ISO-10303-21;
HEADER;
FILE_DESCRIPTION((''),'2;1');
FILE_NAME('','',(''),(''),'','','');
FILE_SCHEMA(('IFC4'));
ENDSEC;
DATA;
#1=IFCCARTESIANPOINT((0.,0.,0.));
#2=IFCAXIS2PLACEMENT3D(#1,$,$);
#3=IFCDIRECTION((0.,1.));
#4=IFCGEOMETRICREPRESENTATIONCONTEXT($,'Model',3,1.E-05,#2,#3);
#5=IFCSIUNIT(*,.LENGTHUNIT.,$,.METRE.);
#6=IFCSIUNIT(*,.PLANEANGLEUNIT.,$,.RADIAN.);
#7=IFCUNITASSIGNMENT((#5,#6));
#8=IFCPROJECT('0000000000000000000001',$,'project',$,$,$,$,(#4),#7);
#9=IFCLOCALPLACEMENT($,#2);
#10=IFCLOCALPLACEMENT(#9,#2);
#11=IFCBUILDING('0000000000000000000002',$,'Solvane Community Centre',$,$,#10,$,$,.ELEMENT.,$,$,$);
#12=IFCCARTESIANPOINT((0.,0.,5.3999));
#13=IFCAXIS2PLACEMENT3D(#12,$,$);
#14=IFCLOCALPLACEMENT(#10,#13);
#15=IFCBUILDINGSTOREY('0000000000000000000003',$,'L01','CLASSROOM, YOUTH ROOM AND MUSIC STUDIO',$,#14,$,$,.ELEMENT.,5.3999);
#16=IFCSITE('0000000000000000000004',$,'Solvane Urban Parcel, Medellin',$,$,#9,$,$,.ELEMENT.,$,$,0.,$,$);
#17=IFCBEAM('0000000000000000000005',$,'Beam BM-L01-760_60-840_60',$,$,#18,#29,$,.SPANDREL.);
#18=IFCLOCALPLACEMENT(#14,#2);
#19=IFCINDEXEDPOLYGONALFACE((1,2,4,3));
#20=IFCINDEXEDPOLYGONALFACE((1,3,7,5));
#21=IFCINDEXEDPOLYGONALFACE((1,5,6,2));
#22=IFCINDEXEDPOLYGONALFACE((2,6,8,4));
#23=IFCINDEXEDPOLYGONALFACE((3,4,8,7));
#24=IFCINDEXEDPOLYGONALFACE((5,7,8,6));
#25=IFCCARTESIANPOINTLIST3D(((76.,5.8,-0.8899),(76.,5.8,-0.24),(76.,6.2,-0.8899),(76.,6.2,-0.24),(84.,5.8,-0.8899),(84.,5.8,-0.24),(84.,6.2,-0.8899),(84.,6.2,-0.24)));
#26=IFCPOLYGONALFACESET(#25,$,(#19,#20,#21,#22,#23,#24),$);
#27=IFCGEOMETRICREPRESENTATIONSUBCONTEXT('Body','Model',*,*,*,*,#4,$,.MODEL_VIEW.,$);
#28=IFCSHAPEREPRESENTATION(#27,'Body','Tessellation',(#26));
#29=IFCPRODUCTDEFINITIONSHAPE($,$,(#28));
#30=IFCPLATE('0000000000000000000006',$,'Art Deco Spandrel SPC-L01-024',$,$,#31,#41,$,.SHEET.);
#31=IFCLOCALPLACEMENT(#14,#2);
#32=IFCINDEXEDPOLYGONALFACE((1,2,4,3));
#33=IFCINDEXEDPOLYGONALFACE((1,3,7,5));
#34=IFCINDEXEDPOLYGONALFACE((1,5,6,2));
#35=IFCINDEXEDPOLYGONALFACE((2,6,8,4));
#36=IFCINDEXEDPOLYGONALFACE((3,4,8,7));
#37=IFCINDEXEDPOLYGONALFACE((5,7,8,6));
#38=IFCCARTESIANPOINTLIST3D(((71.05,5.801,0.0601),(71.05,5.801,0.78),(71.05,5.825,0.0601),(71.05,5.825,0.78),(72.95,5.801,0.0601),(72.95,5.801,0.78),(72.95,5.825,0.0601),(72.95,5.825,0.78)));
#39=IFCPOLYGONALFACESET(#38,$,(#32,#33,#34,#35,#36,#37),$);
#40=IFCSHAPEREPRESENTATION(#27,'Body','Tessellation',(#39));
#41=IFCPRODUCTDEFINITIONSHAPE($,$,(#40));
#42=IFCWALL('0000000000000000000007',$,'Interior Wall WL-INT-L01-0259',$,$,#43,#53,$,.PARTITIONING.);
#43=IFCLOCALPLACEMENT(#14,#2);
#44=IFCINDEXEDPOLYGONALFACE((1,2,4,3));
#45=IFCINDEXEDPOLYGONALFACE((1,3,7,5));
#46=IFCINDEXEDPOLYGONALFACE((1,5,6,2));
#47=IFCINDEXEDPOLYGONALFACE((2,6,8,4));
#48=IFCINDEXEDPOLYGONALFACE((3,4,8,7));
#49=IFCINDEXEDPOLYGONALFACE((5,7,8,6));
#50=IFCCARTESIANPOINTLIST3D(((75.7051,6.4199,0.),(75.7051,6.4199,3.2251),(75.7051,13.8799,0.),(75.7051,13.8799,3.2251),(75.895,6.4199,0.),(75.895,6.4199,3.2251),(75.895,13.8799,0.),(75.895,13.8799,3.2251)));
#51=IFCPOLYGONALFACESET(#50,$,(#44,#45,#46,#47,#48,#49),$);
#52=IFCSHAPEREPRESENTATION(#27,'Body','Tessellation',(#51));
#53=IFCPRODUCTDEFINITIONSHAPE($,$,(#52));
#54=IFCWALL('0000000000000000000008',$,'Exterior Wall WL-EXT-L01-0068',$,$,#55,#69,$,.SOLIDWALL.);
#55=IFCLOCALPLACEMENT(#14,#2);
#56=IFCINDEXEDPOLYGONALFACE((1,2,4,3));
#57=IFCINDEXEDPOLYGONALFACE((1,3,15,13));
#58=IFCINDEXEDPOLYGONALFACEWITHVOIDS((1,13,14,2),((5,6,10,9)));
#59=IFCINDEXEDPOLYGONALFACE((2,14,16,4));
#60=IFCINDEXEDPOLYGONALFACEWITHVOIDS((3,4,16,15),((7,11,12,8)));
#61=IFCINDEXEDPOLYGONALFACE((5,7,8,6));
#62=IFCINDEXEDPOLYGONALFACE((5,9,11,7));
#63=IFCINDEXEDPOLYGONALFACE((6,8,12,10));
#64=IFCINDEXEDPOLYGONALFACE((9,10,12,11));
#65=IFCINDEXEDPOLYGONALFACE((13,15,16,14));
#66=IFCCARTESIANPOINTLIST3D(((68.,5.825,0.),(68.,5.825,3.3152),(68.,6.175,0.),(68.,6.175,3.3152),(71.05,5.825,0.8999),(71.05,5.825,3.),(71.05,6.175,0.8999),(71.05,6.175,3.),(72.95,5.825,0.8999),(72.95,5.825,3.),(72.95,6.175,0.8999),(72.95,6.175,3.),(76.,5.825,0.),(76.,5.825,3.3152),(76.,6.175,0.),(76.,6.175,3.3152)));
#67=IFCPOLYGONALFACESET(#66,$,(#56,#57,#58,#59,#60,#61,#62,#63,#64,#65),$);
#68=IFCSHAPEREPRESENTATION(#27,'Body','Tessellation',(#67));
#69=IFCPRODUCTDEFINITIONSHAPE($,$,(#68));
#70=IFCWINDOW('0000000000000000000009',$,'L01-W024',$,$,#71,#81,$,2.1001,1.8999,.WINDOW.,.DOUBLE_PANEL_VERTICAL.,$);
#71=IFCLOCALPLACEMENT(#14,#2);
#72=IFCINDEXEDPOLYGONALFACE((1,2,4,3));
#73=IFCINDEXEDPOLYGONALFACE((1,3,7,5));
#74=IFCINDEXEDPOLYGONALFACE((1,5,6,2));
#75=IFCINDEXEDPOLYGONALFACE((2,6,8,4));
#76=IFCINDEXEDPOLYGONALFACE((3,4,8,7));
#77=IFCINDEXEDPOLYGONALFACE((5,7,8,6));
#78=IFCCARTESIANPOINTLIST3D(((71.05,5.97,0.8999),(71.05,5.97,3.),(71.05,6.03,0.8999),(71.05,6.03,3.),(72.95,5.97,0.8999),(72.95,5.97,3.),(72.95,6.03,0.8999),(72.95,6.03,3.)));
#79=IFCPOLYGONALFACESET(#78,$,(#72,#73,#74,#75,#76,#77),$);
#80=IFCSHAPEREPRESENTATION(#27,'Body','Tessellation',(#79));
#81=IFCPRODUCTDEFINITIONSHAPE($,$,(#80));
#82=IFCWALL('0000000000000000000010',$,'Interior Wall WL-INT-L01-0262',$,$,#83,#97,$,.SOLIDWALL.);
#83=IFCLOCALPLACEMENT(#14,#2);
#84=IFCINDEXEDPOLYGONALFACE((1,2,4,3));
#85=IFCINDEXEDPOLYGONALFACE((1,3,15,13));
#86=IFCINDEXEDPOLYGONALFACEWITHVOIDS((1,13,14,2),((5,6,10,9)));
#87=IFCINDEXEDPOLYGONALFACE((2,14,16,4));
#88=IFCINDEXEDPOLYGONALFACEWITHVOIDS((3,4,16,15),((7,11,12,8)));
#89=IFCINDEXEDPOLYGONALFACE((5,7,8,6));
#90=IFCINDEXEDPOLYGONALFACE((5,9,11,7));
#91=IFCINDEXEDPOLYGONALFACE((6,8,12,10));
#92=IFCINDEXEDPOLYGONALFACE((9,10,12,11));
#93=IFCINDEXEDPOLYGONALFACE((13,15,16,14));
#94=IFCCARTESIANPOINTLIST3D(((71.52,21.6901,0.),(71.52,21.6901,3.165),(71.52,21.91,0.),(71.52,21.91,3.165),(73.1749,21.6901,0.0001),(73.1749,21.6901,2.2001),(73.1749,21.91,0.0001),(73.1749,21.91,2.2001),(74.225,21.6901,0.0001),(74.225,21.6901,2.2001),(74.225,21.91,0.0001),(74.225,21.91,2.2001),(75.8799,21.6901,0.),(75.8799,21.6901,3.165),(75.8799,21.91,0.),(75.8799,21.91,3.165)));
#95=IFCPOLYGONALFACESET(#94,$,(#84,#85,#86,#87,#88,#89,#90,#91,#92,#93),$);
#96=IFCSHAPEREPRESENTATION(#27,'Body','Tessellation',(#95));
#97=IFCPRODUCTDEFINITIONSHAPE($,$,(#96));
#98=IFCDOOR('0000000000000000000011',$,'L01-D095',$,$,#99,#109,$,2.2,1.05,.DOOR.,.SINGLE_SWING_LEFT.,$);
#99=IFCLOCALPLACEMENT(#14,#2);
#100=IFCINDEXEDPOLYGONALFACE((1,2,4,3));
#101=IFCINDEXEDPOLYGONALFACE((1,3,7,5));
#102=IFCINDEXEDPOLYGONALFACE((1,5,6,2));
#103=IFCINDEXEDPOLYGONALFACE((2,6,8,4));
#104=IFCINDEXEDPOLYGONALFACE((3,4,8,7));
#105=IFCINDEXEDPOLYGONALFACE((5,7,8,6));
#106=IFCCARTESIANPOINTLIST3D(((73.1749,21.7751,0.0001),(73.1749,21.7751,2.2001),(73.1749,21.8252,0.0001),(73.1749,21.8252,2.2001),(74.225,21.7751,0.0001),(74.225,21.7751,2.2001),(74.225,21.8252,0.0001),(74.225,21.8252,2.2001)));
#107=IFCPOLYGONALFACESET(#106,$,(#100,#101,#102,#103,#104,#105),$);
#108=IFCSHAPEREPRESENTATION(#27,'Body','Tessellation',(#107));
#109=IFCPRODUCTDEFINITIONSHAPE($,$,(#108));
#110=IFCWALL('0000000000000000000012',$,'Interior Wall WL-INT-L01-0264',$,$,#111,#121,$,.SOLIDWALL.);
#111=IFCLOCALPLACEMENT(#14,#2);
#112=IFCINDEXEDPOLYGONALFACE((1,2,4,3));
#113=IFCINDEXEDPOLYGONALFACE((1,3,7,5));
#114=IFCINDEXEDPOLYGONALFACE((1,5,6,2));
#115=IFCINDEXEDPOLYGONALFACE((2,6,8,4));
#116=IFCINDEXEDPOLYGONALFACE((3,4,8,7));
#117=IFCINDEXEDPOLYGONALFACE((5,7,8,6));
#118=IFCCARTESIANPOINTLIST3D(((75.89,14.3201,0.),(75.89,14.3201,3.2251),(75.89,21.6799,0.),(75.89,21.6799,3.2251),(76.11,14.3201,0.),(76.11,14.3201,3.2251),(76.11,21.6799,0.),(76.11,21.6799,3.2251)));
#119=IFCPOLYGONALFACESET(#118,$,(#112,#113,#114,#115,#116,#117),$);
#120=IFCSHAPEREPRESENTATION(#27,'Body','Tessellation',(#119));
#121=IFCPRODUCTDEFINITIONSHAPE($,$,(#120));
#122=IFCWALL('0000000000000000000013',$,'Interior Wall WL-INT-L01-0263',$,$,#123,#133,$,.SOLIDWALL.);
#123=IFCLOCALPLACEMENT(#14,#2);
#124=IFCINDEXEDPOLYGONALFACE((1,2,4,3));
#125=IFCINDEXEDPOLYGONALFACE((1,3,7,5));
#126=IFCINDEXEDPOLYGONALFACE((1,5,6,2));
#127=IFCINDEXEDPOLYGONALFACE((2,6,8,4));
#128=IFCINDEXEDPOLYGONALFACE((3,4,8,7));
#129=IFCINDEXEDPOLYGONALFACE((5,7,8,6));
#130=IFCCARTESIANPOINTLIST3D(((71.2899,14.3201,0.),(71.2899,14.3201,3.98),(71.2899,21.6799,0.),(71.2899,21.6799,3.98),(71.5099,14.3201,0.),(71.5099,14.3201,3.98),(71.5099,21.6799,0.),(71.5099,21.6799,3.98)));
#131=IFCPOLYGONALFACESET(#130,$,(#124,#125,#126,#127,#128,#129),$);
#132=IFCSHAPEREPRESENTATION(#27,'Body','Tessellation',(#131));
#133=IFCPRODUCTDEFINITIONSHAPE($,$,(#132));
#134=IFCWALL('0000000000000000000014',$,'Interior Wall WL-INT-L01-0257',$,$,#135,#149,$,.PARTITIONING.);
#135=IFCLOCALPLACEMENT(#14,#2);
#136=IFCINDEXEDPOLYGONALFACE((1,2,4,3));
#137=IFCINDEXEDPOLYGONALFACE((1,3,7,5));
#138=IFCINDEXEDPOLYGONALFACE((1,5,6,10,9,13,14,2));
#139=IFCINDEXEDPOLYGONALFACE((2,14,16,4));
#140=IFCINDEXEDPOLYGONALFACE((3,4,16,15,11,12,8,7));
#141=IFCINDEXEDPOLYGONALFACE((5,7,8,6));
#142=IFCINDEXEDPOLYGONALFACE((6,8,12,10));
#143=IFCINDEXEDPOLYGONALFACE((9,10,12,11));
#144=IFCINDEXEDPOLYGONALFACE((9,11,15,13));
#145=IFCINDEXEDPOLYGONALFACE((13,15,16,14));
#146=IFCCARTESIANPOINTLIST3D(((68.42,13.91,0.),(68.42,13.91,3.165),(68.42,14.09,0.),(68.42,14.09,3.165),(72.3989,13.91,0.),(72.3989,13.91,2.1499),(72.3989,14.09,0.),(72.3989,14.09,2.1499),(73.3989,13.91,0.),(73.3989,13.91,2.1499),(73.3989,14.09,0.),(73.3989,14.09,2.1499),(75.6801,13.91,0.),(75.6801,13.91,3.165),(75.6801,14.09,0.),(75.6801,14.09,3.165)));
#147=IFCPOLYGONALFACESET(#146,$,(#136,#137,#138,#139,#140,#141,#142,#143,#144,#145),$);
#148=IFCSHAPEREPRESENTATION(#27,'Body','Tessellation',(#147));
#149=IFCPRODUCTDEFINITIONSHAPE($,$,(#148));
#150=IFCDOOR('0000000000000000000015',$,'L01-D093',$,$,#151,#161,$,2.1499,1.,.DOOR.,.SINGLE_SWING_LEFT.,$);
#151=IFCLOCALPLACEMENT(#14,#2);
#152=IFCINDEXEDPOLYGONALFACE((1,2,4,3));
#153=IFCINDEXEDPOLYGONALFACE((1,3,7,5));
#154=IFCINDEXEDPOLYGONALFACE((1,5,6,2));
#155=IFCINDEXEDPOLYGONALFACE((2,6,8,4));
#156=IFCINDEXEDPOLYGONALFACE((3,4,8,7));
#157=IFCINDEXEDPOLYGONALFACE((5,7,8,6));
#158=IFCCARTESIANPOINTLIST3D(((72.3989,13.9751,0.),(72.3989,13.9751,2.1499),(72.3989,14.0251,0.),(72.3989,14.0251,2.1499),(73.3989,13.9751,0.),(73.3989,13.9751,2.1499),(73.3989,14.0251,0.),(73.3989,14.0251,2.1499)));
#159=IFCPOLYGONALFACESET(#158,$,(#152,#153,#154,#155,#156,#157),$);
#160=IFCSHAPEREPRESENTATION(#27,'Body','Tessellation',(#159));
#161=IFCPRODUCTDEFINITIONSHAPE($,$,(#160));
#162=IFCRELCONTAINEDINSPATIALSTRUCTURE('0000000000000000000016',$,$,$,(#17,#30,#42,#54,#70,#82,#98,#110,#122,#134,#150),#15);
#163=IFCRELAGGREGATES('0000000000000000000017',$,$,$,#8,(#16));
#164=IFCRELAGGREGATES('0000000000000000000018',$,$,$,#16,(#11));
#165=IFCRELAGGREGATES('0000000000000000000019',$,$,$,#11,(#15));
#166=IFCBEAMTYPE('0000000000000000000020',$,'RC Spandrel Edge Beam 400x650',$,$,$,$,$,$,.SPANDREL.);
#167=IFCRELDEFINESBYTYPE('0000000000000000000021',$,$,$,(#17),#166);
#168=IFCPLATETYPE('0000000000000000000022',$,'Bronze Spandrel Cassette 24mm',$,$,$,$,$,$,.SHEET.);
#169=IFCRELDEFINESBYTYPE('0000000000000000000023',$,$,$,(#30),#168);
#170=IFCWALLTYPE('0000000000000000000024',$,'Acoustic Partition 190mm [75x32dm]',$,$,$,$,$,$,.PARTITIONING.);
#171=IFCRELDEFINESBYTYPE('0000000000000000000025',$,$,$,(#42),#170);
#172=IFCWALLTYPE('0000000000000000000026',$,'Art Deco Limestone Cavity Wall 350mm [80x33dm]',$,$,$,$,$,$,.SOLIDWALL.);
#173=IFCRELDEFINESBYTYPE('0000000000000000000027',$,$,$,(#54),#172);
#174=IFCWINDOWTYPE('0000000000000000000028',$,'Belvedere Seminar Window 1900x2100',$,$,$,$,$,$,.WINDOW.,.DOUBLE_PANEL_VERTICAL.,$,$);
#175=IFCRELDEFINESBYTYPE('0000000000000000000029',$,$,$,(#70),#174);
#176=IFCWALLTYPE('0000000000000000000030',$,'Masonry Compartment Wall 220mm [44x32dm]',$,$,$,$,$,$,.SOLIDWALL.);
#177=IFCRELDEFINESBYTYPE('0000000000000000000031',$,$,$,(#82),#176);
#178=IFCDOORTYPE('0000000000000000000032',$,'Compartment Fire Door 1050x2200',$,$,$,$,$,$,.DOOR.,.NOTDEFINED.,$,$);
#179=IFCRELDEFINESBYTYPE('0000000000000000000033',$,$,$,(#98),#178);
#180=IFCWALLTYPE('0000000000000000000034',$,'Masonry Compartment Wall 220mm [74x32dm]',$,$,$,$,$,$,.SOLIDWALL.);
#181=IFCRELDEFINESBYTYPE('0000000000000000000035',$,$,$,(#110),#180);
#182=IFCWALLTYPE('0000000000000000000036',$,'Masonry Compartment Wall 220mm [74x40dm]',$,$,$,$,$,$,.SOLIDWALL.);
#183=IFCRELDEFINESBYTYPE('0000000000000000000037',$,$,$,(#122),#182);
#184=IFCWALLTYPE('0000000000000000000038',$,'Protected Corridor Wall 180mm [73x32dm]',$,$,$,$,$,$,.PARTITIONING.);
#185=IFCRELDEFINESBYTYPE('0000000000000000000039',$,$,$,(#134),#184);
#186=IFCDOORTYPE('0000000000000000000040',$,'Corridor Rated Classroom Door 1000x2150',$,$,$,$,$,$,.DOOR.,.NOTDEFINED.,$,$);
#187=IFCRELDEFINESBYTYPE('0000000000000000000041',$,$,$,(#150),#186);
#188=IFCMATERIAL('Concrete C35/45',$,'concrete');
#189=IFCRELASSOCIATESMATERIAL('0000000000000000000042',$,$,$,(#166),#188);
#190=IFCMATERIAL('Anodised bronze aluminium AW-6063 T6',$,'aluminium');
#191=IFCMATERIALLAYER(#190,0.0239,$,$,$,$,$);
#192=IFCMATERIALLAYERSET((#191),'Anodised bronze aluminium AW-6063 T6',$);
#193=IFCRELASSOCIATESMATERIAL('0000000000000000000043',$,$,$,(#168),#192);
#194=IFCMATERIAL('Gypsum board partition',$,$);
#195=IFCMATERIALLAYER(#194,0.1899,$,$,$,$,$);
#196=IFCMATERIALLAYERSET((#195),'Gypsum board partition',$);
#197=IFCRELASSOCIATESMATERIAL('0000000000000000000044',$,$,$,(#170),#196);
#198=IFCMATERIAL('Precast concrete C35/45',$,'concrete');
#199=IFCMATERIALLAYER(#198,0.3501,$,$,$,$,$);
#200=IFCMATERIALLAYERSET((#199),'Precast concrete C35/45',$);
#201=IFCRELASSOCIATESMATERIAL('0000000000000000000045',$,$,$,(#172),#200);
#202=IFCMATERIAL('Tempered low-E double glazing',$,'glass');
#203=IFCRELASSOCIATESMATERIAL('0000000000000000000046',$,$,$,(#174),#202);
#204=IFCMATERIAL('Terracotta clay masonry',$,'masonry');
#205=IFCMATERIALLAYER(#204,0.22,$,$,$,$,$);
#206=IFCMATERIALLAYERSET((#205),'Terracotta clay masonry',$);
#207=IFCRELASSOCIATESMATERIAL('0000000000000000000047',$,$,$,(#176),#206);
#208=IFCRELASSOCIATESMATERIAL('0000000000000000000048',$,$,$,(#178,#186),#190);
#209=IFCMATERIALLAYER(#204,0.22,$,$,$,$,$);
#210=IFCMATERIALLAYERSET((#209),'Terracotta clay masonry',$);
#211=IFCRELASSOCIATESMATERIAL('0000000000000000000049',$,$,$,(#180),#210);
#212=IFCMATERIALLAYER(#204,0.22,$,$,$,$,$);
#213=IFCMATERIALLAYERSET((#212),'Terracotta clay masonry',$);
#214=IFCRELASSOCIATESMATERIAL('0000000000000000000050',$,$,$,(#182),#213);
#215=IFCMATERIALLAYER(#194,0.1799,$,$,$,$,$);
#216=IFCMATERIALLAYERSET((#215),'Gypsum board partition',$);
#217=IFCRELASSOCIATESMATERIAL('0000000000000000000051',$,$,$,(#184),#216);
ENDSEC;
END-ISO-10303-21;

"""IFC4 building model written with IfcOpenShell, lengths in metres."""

from ifc_helpers import new_model, si_unit, direction, frame, frame_2d, origin, origin_2d, place, context, subcontext, project, spatial, rectangle, extrude, material, layer, layer_set, material_profile, profile_set, type_object, element, fill, save


model = new_model("IFC4")

# Units and contexts
model_context = context("Model", 3, precision=1e-05, world=origin(), true_north=direction((0.0, 1.0)))
body_context = subcontext(model_context, "Body", "Model", "MODEL_VIEW")
ifc_project = project(units=[si_unit("LENGTHUNIT", "METRE"), si_unit("PLANEANGLEUNIT", "RADIAN")], contexts=[model_context])

# Site, building, storey
site_placement = place(None, origin())
site = spatial("IfcSite", under=ifc_project, at=site_placement, Name="Solvane Urban Parcel, Medellin", CompositionType="ELEMENT", RefElevation=0.0)
building_placement = place(site_placement, origin())
building = spatial("IfcBuilding", under=site, at=building_placement, Name="Solvane Community Centre", CompositionType="ELEMENT")
storey_placement = place(building_placement, frame((0.0, 0.0, 5.3999)))
storey = spatial("IfcBuildingStorey", under=building, at=storey_placement, Name="L01", Description="CLASSROOM, YOUTH ROOM AND MUSIC STUDIO", CompositionType="ELEMENT", Elevation=5.3999)

# Shared definitions
ifc_material_1 = material(Name="Precast concrete C35/45", Category="concrete")
ifc_material_2 = material(Name="Concrete C35/45", Category="concrete")

# Beam
ifc_material_profile_1 = material_profile(ifc_material_2, rectangle(XDim=0.3999, YDim=0.6499, at=origin_2d()), Name="RC 400x650")
ifc_profile_set_1 = profile_set([ifc_material_profile_1], Name="Concrete C35/45")
beam_type_1 = type_object("IfcBeamType", Name="RC Spandrel Edge Beam 400x650", PredefinedType="SPANDREL", material=ifc_profile_set_1)
for number, where, z_axis, x_axis, name in (
    (1, (76.0, 6.0, -0.5649), (1.0, 0.0, 0.0), (0.0, 1.0, 0.0), "Beam BM-L01-760_60-840_60"),
):
    element("IfcBeam", number, at=place(storey_placement, frame(where, z_axis=z_axis, x_axis=x_axis)), inside=storey, type_object=beam_type_1, Name=name, PredefinedType="SPANDREL", context=body_context, shape_type="SweptSolid", body=[
        extrude(rectangle(XDim=0.3999, YDim=0.6499, at=origin_2d()), origin(), (0.0, 0.0, 1.0), 8.0),
    ])

# Plate
ifc_material_3 = material(Name="Anodised bronze aluminium AW-6063 T6", Category="aluminium")
ifc_layer_1 = layer(ifc_material_3, 0.0239)
ifc_layer_set_1 = layer_set([ifc_layer_1], Name="Anodised bronze aluminium AW-6063 T6")
plate_type = type_object("IfcPlateType", Name="Bronze Spandrel Cassette 24mm", PredefinedType="SHEET", material=ifc_layer_set_1)
plate_placement = place(storey_placement, frame((72.0, 5.813, 0.0601), z_axis=(0.0, 0.0, 1.0), x_axis=(-1.0, 0.0, 0.0)))
element("IfcPlate", 2, at=plate_placement, inside=storey, type_object=plate_type, Name="Art Deco Spandrel SPC-L01-024", PredefinedType="SHEET", context=body_context, shape_type="SweptSolid", body=[
    extrude(rectangle(XDim=1.8999, YDim=0.0239, at=origin_2d()), origin(), (0.0, 0.0, 1.0), 0.72),
])

# Wall
ifc_material_4 = material(Name="Gypsum board partition")
ifc_layer_2 = layer(ifc_material_4, 0.1899)
ifc_layer_set_2 = layer_set([ifc_layer_2], Name="Gypsum board partition")
wall_type_1 = type_object("IfcWallType", Name="Acoustic Partition 190mm [75x32dm]", PredefinedType="PARTITIONING", material=ifc_layer_set_2)
wall_1_placement = place(storey_placement, frame((75.8, 6.4199, 0.0), z_axis=(0.0, 0.0, 1.0), x_axis=(0.0, 1.0, 0.0)))
element("IfcWall", 3, at=wall_1_placement, inside=storey, type_object=wall_type_1, Name="Interior Wall WL-INT-L01-0259", PredefinedType="PARTITIONING", context=body_context, shape_type="SweptSolid", body=[
    extrude(rectangle(XDim=7.46, YDim=0.1899, at=frame_2d((3.73, 0.0))), origin(), (0.0, 0.0, 1.0), 3.2251),
])

# Wall, opening, window
ifc_layer_3 = layer(ifc_material_1, 0.3501)
ifc_layer_set_3 = layer_set([ifc_layer_3], Name="Precast concrete C35/45")
wall_type_2 = type_object("IfcWallType", Name="Art Deco Limestone Cavity Wall 350mm [80x33dm]", PredefinedType="SOLIDWALL", material=ifc_layer_set_3)
wall_2_placement = place(storey_placement, frame((76.0, 6.0, 0.0), z_axis=(0.0, 0.0, 1.0), x_axis=(-1.0, 0.0, 0.0)))
wall_2 = element("IfcWall", 4, at=wall_2_placement, inside=storey, type_object=wall_type_2, Name="Exterior Wall WL-EXT-L01-0068", PredefinedType="SOLIDWALL", context=body_context, shape_type="SweptSolid", body=[
    extrude(rectangle(XDim=8.0, YDim=0.3501, at=frame_2d((4.0, 0.0))), origin(), (0.0, 0.0, 1.0), 3.3152),
])
opening_1_placement = place(wall_2_placement, frame((3.05, 0.0, 0.8999)))
opening_1 = element("IfcOpeningElement", 5, at=opening_1_placement, cuts=wall_2, PredefinedType="OPENING", context=body_context, shape_type="SweptSolid", body=[
    extrude(rectangle(XDim=1.8999, YDim=2.1001, at=frame_2d((0.95, 1.05))), frame((0.0, 0.1851, 0.0), z_axis=(0.0, -1.0, 0.0), x_axis=(1.0, 0.0, 0.0)), (0.0, 0.0, 1.0), 0.3701),
])
ifc_material_5 = material(Name="Tempered low-E double glazing", Category="glass")
window_type = type_object("IfcWindowType", Name="Belvedere Seminar Window 1900x2100", PartitioningType="DOUBLE_PANEL_VERTICAL", PredefinedType="WINDOW", material=ifc_material_5)
window_placement = place(opening_1_placement, origin())
window = element("IfcWindow", 6, at=window_placement, inside=storey, type_object=window_type, Name="L01-W024", OverallHeight=2.1001, OverallWidth=1.8999, PartitioningType="DOUBLE_PANEL_VERTICAL", PredefinedType="WINDOW", context=body_context, shape_type="SweptSolid", body=[
    extrude(rectangle(XDim=1.8999, YDim=2.1001, at=frame_2d((0.95, 1.05))), frame((0.0, 0.03, 0.0), z_axis=(0.0, -1.0, 0.0), x_axis=(1.0, 0.0, 0.0)), (0.0, 0.0, 1.0), 0.0601),
])
fill(opening_1, window)

# Wall, opening, door
ifc_material_6 = material(Name="Terracotta clay masonry", Category="masonry")
ifc_layer_4 = layer(ifc_material_6, 0.22)
ifc_layer_set_4 = layer_set([ifc_layer_4], Name="Terracotta clay masonry")
wall_type_3 = type_object("IfcWallType", Name="Masonry Compartment Wall 220mm [44x32dm]", PredefinedType="SOLIDWALL", material=ifc_layer_set_4)
wall_3_placement = place(storey_placement, frame((75.8799, 21.8, 0.0), z_axis=(0.0, 0.0, 1.0), x_axis=(-1.0, 0.0, 0.0)))
wall_3 = element("IfcWall", 7, at=wall_3_placement, inside=storey, type_object=wall_type_3, Name="Interior Wall WL-INT-L01-0262", PredefinedType="SOLIDWALL", context=body_context, shape_type="SweptSolid", body=[
    extrude(rectangle(XDim=4.3599, YDim=0.22, at=frame_2d((2.1799, 0.0))), origin(), (0.0, 0.0, 1.0), 3.165),
])
opening_2_placement = place(wall_3_placement, frame((1.655, 0.0, 0.0)))
opening_2 = element("IfcOpeningElement", 8, at=opening_2_placement, cuts=wall_3, PredefinedType="OPENING", context=body_context, shape_type="SweptSolid", body=[
    extrude(rectangle(XDim=1.05, YDim=2.2, at=frame_2d((0.5249, 1.1001))), frame((0.0, 0.1199, 0.0), z_axis=(0.0, -1.0, 0.0), x_axis=(1.0, 0.0, 0.0)), (0.0, 0.0, 1.0), 0.24),
])
door_type_1 = type_object("IfcDoorType", Name="Compartment Fire Door 1050x2200", OperationType="NOTDEFINED", PredefinedType="DOOR", material=ifc_material_3)
door_1_placement = place(opening_2_placement, origin())
door_1 = element("IfcDoor", 9, at=door_1_placement, inside=storey, type_object=door_type_1, Name="L01-D095", OperationType="SINGLE_SWING_LEFT", OverallHeight=2.2, OverallWidth=1.05, PredefinedType="DOOR", context=body_context, shape_type="SweptSolid", body=[
    extrude(rectangle(XDim=1.05, YDim=2.2, at=frame_2d((0.5249, 1.1001))), frame((0.0, 0.0249, 0.0), z_axis=(0.0, -1.0, 0.0), x_axis=(1.0, 0.0, 0.0)), (0.0, 0.0, 1.0), 0.05),
])
fill(opening_2, door_1)

# Walls
ifc_layer_5 = layer(ifc_material_6, 0.22)
ifc_layer_set_5 = layer_set([ifc_layer_5], Name="Terracotta clay masonry")
wall_type_4 = type_object("IfcWallType", Name="Masonry Compartment Wall 220mm [74x32dm]", PredefinedType="SOLIDWALL", material=ifc_layer_set_5)
wall_4_placement = place(storey_placement, frame((76.0, 14.3201, 0.0), z_axis=(0.0, 0.0, 1.0), x_axis=(0.0, 1.0, 0.0)))
element("IfcWall", 10, at=wall_4_placement, inside=storey, type_object=wall_type_4, Name="Interior Wall WL-INT-L01-0264", PredefinedType="SOLIDWALL", context=body_context, shape_type="SweptSolid", body=[
    extrude(rectangle(XDim=7.3599, YDim=0.22, at=frame_2d((3.6799, 0.0))), origin(), (0.0, 0.0, 1.0), 3.2251),
])
ifc_layer_6 = layer(ifc_material_6, 0.22)
ifc_layer_set_6 = layer_set([ifc_layer_6], Name="Terracotta clay masonry")
wall_type_5 = type_object("IfcWallType", Name="Masonry Compartment Wall 220mm [74x40dm]", PredefinedType="SOLIDWALL", material=ifc_layer_set_6)
wall_5_placement = place(storey_placement, frame((71.3999, 21.6799, 0.0), z_axis=(0.0, 0.0, 1.0), x_axis=(0.0, -1.0, 0.0)))
element("IfcWall", 11, at=wall_5_placement, inside=storey, type_object=wall_type_5, Name="Interior Wall WL-INT-L01-0263", PredefinedType="SOLIDWALL", context=body_context, shape_type="SweptSolid", body=[
    extrude(rectangle(XDim=7.3599, YDim=0.22, at=frame_2d((3.6799, 0.0))), origin(), (0.0, 0.0, 1.0), 3.98),
])

# Wall, opening, door
ifc_layer_7 = layer(ifc_material_4, 0.1799)
ifc_layer_set_7 = layer_set([ifc_layer_7], Name="Gypsum board partition")
wall_type_6 = type_object("IfcWallType", Name="Protected Corridor Wall 180mm [73x32dm]", PredefinedType="PARTITIONING", material=ifc_layer_set_7)
wall_6_placement = place(storey_placement, frame((75.6799, 14.0, 0.0), z_axis=(0.0, 0.0, 1.0), x_axis=(-1.0, 0.0, 0.0)))
wall_6 = element("IfcWall", 12, at=wall_6_placement, inside=storey, type_object=wall_type_6, Name="Interior Wall WL-INT-L01-0257", PredefinedType="PARTITIONING", context=body_context, shape_type="SweptSolid", body=[
    extrude(rectangle(XDim=7.26, YDim=0.1799, at=frame_2d((3.6299, 0.0))), origin(), (0.0, 0.0, 1.0), 3.165),
])
opening_3_placement = place(wall_6_placement, frame((2.281, 0.0, 0.0)))
opening_3 = element("IfcOpeningElement", 13, at=opening_3_placement, cuts=wall_6, PredefinedType="OPENING", context=body_context, shape_type="SweptSolid", body=[
    extrude(rectangle(XDim=1.0, YDim=2.1499, at=frame_2d((0.5, 1.075))), frame((0.0, 0.0999, 0.0), z_axis=(0.0, -1.0, 0.0), x_axis=(1.0, 0.0, 0.0)), (0.0, 0.0, 1.0), 0.2),
])
door_type_2 = type_object("IfcDoorType", Name="Corridor Rated Classroom Door 1000x2150", OperationType="NOTDEFINED", PredefinedType="DOOR", material=ifc_material_3)
door_2_placement = place(opening_3_placement, origin())
door_2 = element("IfcDoor", 14, at=door_2_placement, inside=storey, type_object=door_type_2, Name="L01-D093", OperationType="SINGLE_SWING_LEFT", OverallHeight=2.1499, OverallWidth=1.0, PredefinedType="DOOR", context=body_context, shape_type="SweptSolid", body=[
    extrude(rectangle(XDim=1.0, YDim=2.1499, at=frame_2d((0.5, 1.075))), frame((0.0, 0.0249, 0.0), z_axis=(0.0, -1.0, 0.0), x_axis=(1.0, 0.0, 0.0)), (0.0, 0.0, 1.0), 0.05),
])
fill(opening_3, door_2)

save(model, "model.ifc")
